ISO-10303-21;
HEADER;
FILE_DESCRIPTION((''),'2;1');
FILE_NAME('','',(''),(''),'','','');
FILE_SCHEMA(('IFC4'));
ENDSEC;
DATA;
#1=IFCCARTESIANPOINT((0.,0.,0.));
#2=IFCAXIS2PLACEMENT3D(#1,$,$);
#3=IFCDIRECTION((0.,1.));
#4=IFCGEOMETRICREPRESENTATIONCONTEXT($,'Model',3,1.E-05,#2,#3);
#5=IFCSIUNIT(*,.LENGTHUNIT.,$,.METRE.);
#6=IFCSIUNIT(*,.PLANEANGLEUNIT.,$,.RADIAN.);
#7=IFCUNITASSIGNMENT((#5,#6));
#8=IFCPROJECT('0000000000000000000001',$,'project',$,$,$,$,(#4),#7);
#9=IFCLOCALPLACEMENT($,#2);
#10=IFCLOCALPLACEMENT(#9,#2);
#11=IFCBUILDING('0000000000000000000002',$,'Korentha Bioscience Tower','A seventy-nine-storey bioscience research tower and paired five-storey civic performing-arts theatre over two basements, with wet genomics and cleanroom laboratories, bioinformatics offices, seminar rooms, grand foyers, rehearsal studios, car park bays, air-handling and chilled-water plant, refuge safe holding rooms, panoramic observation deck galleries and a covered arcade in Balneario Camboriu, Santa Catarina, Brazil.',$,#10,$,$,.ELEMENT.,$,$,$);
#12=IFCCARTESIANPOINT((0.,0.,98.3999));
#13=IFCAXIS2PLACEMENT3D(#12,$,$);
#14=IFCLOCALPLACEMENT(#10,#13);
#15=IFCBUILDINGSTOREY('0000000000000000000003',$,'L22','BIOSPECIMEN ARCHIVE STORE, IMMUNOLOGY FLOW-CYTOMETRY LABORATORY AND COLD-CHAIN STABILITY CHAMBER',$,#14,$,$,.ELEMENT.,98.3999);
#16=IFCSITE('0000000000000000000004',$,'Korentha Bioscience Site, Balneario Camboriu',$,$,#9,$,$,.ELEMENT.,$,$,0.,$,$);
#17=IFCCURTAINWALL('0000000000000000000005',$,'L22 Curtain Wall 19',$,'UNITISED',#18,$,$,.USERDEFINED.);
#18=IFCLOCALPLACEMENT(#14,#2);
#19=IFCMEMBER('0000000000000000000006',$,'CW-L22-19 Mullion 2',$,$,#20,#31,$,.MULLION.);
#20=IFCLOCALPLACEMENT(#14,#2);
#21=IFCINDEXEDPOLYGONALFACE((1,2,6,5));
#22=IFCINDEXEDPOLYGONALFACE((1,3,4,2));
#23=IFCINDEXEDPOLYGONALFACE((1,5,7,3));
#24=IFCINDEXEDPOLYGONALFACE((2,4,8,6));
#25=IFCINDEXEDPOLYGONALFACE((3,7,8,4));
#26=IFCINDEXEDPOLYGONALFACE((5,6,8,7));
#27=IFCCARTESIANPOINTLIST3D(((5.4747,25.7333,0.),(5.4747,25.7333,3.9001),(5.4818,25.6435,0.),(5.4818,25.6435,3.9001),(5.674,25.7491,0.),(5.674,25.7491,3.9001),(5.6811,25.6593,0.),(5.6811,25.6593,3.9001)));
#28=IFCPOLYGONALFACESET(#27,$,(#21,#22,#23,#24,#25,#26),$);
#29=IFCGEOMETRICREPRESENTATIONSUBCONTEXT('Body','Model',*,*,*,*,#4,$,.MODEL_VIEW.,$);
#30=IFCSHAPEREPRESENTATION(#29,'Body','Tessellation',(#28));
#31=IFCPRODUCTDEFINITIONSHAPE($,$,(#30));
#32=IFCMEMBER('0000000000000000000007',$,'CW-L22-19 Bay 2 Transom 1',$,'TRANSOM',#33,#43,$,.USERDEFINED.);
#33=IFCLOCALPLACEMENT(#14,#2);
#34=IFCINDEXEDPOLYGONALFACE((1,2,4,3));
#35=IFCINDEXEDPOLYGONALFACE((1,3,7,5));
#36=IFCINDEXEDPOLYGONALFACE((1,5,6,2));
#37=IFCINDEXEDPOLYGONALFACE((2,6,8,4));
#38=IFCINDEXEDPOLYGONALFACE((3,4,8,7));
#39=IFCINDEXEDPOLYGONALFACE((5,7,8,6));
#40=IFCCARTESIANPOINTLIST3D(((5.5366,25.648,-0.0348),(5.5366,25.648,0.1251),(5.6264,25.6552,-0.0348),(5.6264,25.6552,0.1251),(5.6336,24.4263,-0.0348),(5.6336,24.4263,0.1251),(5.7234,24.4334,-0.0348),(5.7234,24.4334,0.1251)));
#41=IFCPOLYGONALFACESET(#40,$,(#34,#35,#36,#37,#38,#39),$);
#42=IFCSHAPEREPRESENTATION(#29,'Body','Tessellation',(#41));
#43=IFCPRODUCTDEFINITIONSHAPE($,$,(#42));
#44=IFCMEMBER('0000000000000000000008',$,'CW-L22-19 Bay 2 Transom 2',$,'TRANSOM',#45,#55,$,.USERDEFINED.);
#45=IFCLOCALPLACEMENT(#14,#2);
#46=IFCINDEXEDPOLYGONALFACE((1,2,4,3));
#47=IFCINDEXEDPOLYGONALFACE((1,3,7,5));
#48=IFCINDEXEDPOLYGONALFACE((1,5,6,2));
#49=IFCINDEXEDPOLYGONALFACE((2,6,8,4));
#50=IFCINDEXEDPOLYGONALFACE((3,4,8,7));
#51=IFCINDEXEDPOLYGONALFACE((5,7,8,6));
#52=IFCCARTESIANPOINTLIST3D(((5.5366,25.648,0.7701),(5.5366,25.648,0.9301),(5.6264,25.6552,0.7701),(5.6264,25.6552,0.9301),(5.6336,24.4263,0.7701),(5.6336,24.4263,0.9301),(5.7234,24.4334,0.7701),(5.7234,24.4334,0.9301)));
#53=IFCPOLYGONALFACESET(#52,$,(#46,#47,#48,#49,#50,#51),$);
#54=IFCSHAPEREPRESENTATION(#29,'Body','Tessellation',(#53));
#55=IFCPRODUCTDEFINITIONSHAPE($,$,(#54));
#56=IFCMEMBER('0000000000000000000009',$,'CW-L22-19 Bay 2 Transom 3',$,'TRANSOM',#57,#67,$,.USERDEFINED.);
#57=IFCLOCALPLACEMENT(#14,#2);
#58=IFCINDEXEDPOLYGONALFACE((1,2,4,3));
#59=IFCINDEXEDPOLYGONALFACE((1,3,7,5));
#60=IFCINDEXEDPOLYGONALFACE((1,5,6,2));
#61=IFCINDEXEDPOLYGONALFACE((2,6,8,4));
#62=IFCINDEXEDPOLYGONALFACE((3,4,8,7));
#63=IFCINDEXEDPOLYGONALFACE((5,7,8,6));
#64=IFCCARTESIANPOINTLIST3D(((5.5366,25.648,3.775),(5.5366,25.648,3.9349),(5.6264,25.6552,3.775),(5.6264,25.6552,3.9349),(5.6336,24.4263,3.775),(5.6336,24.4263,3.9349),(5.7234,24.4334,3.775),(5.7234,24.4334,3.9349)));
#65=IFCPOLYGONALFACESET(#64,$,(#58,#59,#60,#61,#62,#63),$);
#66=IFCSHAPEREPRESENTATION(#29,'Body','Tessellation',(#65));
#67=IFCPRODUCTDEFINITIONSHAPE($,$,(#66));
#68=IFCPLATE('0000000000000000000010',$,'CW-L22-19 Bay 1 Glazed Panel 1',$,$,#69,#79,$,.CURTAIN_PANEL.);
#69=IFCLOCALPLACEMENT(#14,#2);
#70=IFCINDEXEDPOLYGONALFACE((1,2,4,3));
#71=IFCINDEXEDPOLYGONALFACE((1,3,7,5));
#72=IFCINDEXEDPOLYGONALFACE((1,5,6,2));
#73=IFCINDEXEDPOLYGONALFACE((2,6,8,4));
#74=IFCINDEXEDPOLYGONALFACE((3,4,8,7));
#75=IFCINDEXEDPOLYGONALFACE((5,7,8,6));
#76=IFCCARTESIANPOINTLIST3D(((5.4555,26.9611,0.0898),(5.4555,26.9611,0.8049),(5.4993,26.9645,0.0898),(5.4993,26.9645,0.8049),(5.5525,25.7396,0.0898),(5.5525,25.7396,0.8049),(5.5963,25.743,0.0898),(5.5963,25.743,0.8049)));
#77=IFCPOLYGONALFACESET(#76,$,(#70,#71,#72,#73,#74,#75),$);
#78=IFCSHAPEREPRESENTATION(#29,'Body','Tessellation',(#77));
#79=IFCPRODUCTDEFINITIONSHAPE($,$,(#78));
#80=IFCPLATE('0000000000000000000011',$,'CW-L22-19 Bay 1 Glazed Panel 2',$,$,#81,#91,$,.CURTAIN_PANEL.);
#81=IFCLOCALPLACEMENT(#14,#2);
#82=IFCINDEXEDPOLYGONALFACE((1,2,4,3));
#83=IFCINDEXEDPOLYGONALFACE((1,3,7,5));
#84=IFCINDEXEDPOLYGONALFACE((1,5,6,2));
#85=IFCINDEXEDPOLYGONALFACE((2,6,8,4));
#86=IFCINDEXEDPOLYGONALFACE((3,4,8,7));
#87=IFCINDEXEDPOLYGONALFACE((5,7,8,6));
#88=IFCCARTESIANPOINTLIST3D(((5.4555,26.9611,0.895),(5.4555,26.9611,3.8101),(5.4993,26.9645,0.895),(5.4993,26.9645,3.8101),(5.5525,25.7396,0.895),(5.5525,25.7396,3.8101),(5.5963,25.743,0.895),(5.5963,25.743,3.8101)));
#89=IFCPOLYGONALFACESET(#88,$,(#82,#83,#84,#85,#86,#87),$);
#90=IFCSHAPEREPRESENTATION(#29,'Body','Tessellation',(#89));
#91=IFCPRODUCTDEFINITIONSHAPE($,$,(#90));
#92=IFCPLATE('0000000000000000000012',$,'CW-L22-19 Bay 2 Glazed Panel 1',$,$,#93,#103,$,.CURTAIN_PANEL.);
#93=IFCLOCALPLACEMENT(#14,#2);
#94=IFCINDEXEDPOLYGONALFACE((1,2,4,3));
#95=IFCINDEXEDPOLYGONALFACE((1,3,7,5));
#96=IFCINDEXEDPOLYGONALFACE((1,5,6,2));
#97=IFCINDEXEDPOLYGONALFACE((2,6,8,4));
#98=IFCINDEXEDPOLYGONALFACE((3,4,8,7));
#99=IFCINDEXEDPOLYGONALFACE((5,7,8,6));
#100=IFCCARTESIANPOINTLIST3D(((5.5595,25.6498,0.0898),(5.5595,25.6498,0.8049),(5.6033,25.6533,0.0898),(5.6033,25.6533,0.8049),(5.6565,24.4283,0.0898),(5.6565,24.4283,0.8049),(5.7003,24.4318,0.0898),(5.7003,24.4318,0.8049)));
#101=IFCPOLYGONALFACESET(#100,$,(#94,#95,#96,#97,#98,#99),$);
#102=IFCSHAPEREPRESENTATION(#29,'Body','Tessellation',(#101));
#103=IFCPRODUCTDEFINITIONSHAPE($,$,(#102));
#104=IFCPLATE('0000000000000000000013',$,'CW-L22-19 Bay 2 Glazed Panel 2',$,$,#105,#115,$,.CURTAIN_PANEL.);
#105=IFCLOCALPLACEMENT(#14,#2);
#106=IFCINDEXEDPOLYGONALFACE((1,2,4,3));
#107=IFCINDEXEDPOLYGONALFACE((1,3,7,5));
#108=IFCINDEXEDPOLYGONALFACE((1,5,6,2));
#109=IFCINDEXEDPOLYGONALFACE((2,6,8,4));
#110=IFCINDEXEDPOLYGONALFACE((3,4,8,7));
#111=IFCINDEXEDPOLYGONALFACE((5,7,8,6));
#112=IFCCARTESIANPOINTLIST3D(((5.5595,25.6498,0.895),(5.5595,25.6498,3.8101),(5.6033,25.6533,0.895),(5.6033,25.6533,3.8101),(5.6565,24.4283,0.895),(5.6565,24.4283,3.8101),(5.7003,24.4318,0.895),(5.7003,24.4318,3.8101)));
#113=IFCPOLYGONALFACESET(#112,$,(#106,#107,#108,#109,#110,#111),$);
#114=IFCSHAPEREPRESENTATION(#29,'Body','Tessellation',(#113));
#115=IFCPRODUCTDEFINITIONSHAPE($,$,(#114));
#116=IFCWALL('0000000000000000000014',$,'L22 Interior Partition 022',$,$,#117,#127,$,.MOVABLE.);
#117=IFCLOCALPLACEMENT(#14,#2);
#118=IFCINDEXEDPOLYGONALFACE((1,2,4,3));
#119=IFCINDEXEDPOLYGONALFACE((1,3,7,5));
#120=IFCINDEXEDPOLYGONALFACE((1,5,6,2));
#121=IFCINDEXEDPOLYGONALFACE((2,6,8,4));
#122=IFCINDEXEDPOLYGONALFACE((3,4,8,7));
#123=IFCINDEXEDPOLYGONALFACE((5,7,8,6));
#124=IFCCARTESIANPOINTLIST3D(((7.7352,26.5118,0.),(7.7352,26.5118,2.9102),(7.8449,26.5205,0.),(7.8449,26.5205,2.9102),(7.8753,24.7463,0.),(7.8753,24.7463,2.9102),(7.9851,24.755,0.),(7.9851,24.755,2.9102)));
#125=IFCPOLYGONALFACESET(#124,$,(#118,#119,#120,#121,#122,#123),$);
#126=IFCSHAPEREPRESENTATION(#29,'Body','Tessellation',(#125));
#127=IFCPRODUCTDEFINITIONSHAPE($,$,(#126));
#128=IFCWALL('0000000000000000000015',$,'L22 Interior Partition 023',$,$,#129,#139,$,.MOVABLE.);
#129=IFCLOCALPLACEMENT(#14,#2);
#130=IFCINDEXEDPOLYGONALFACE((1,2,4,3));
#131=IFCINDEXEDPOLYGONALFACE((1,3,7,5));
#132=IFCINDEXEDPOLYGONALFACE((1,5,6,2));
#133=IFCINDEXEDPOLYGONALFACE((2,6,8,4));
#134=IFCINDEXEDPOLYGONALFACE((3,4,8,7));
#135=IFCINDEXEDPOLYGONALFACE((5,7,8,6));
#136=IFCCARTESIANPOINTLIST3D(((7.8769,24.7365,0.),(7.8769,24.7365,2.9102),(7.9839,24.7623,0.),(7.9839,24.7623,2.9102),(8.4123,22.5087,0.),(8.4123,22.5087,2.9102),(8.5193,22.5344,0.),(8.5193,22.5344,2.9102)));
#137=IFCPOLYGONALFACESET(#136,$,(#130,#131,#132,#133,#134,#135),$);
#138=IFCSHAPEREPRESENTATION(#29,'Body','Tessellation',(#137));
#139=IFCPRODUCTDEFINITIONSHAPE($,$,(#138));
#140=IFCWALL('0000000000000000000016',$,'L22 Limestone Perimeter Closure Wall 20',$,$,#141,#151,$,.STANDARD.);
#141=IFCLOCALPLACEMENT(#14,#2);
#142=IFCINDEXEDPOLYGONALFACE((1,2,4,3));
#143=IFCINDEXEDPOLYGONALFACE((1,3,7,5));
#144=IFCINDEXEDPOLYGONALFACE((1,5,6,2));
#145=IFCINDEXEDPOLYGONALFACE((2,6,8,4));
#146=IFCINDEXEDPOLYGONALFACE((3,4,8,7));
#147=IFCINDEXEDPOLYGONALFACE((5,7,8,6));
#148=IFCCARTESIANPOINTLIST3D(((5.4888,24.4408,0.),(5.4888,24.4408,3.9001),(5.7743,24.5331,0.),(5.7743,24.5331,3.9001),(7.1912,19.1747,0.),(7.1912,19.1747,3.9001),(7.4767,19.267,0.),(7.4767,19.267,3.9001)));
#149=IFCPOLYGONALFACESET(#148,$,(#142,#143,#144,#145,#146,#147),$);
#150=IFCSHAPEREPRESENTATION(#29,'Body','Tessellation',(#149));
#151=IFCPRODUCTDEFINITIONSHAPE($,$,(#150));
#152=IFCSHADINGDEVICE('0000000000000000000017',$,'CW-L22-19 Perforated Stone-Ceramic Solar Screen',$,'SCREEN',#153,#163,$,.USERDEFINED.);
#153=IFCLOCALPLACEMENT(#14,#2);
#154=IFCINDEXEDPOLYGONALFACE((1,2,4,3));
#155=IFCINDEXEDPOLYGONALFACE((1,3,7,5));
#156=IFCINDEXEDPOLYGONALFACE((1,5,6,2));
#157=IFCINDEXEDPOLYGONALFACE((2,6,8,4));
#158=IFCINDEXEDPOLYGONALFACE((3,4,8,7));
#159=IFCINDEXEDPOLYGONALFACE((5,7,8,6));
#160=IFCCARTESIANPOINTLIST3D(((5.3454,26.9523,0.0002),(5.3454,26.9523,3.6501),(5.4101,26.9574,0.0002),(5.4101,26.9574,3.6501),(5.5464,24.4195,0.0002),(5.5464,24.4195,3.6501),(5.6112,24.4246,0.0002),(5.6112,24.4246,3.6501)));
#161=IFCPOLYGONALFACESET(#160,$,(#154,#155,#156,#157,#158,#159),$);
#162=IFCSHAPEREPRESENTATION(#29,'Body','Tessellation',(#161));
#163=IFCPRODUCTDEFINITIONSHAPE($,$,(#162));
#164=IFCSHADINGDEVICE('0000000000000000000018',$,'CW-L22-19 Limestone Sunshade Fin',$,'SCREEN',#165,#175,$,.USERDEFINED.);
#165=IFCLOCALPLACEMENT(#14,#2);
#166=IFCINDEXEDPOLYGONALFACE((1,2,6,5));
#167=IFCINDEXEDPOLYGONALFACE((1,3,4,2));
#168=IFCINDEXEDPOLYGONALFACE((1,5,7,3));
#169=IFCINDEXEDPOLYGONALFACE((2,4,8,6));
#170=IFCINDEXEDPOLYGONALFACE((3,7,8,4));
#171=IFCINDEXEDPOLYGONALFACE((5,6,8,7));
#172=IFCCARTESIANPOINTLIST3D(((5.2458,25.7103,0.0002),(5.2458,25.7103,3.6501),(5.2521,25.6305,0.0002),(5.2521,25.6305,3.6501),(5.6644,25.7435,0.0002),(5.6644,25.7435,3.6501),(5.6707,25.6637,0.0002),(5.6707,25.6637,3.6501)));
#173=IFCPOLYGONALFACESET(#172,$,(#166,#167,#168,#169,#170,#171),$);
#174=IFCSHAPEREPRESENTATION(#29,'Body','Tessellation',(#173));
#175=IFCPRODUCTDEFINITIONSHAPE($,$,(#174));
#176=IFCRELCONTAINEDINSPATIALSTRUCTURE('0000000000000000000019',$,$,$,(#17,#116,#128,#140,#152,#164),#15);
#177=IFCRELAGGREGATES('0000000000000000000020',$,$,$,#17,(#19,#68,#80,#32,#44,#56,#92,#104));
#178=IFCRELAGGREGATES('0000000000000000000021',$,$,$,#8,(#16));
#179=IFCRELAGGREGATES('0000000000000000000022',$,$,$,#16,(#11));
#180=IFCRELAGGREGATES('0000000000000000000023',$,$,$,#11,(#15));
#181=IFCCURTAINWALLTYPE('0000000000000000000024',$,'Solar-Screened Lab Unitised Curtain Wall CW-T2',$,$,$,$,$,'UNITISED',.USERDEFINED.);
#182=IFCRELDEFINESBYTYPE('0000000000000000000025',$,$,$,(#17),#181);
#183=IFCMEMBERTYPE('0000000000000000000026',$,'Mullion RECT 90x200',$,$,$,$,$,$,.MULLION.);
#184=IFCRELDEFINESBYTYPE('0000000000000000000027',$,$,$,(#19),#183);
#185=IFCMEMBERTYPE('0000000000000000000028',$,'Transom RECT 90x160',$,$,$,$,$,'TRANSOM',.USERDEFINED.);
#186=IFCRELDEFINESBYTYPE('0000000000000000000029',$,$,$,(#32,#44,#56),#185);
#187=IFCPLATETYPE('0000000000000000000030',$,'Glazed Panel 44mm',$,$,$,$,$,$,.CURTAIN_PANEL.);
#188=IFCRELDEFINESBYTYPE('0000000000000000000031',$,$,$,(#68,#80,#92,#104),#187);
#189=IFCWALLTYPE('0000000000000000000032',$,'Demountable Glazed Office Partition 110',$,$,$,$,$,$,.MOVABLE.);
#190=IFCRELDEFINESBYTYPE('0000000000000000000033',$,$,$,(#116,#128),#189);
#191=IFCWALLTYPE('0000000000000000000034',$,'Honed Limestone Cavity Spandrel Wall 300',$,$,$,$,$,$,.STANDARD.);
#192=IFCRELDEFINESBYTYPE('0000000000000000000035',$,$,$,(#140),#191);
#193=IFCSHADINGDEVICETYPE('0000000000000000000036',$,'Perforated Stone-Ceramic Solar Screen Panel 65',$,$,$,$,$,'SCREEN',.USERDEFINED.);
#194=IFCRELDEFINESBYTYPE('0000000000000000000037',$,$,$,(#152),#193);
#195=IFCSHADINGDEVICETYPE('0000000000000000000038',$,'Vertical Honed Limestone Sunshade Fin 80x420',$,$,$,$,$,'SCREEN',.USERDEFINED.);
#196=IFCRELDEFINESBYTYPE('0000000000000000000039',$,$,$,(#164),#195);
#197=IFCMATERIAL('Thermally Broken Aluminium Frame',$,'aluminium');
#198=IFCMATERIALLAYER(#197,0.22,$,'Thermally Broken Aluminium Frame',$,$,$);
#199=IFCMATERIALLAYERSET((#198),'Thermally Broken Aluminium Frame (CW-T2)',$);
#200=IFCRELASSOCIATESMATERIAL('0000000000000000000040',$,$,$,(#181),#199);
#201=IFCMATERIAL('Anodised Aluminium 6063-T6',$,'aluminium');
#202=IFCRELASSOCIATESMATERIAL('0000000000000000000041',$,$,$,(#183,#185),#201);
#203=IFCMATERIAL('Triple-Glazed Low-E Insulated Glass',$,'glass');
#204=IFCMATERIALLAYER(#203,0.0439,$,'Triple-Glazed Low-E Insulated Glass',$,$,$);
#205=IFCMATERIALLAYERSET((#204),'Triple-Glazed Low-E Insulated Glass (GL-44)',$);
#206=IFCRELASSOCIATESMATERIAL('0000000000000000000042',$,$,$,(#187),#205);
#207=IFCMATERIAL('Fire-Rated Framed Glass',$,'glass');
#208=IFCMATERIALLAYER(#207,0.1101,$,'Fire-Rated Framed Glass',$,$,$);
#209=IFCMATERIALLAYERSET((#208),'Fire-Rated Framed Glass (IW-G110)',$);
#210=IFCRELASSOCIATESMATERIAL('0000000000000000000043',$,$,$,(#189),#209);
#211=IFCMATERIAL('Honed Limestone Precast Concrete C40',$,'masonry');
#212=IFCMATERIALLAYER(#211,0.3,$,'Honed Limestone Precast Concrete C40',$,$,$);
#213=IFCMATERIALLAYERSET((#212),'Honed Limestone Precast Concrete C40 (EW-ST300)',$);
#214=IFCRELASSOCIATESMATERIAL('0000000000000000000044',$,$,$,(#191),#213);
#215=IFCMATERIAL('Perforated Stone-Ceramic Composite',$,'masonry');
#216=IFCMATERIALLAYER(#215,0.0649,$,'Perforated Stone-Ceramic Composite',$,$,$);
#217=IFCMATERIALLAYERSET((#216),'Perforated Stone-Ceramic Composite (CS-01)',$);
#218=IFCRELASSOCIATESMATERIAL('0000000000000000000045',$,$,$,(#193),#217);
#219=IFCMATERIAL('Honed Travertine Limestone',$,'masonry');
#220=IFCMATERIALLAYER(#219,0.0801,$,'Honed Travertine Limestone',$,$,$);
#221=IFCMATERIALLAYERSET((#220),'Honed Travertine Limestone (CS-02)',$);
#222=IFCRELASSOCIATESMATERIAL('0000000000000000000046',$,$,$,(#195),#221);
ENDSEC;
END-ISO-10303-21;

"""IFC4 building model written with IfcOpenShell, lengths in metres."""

from ifc_helpers import new_model, si_unit, direction, frame, frame_2d, origin, origin_2d, place, context, subcontext, project, spatial, rectangle, extrude, material, layer, layer_set, material_profile, profile_set, type_object, element, aggregate, save


model = new_model("IFC4")

# Units and contexts
model_context = context("Model", 3, precision=1e-05, world=origin(), true_north=direction((0.0, 1.0)))
body_context = subcontext(model_context, "Body", "Model", "MODEL_VIEW")
ifc_project = project(units=[si_unit("LENGTHUNIT", "METRE"), si_unit("PLANEANGLEUNIT", "RADIAN")], contexts=[model_context])

# Site, building, storey
site_placement = place(None, origin())
site = spatial("IfcSite", under=ifc_project, at=site_placement, Name="Korentha Bioscience Site, Balneario Camboriu", CompositionType="ELEMENT", RefElevation=0.0)
building_placement = place(site_placement, origin())
building = spatial("IfcBuilding", under=site, at=building_placement, Name="Korentha Bioscience Tower", Description="A seventy-nine-storey bioscience research tower and paired five-storey civic performing-arts theatre over two basements, with wet genomics and cleanroom laboratories, bioinformatics offices, seminar rooms, grand foyers, rehearsal studios, car park bays, air-handling and chilled-water plant, refuge safe holding rooms, panoramic observation deck galleries and a covered arcade in Balneario Camboriu, Santa Catarina, Brazil.", CompositionType="ELEMENT")
storey_placement = place(building_placement, frame((0.0, 0.0, 98.3999)))
storey = spatial("IfcBuildingStorey", under=building, at=storey_placement, Name="L22", Description="BIOSPECIMEN ARCHIVE STORE, IMMUNOLOGY FLOW-CYTOMETRY LABORATORY AND COLD-CHAIN STABILITY CHAMBER", CompositionType="ELEMENT", Elevation=98.3999)

# Curtain wall, members, plates
ifc_material_1 = material(Name="Thermally Broken Aluminium Frame", Category="aluminium")
ifc_layer_1 = layer(ifc_material_1, 0.22, Name="Thermally Broken Aluminium Frame")
ifc_layer_set_1 = layer_set([ifc_layer_1], Name="Thermally Broken Aluminium Frame (CW-T2)")
curtain_wall_type = type_object("IfcCurtainWallType", Name="Solar-Screened Lab Unitised Curtain Wall CW-T2", ElementType="UNITISED", PredefinedType="USERDEFINED", material=ifc_layer_set_1)
curtain_wall_placement = place(storey_placement, origin())
curtain_wall = element("IfcCurtainWall", 1, at=curtain_wall_placement, inside=storey, type_object=curtain_wall_type, Name="L22 Curtain Wall 19", ObjectType="UNITISED", PredefinedType="USERDEFINED")
ifc_material_2 = material(Name="Anodised Aluminium 6063-T6", Category="aluminium")
ifc_material_profile_1 = material_profile(ifc_material_2, rectangle(XDim=0.0901, YDim=0.2, at=origin_2d()), Name="Anodised Aluminium 6063-T6")
ifc_profile_set_1 = profile_set([ifc_material_profile_1], Name="Anodised Aluminium 6063-T6 (CW-MUL)")
member_type_1 = type_object("IfcMemberType", Name="Mullion RECT 90x200", PredefinedType="MULLION", material=ifc_profile_set_1)
member_1_placement = place(storey_placement, frame((5.5779, 25.6963, 0.0), z_axis=(0.0, 0.0, 1.0), x_axis=(0.07913, -0.996864, 0.0)))
member_1 = element("IfcMember", 2, at=member_1_placement, type_object=member_type_1, Name="CW-L22-19 Mullion 2", PredefinedType="MULLION", context=body_context, shape_type="SweptSolid", body=[
    extrude(rectangle(XDim=0.0901, YDim=0.2, at=origin_2d()), origin(), (0.0, 0.0, 1.0), 3.9001),
])
ifc_material_profile_2 = material_profile(ifc_material_2, rectangle(XDim=0.0901, YDim=0.1599, at=origin_2d()), Name="Anodised Aluminium 6063-T6")
ifc_profile_set_2 = profile_set([ifc_material_profile_2], Name="Anodised Aluminium 6063-T6 (CW-TRN)")
member_type_2 = type_object("IfcMemberType", Name="Transom RECT 90x160", ElementType="TRANSOM", PredefinedType="USERDEFINED", material=ifc_profile_set_2)
member_2_placement = place(storey_placement, frame((5.5815, 25.6516, 0.0452), z_axis=(0.079088, -0.996868, 0.0), x_axis=(0.996868, 0.079088, 0.0)))
member_2 = element("IfcMember", 3, at=member_2_placement, type_object=member_type_2, Name="CW-L22-19 Bay 2 Transom 1", ObjectType="TRANSOM", PredefinedType="USERDEFINED", context=body_context, shape_type="SweptSolid", body=[
    extrude(rectangle(XDim=0.0901, YDim=0.1599, at=origin_2d()), origin(), (0.0, 0.0, 1.0), 1.2256),
])
member_3_placement = place(storey_placement, frame((5.5815, 25.6516, 0.8501), z_axis=(0.079088, -0.996868, 0.0), x_axis=(0.996868, 0.079088, 0.0)))
member_3 = element("IfcMember", 4, at=member_3_placement, type_object=member_type_2, Name="CW-L22-19 Bay 2 Transom 2", ObjectType="TRANSOM", PredefinedType="USERDEFINED", context=body_context, shape_type="SweptSolid", body=[
    extrude(rectangle(XDim=0.0901, YDim=0.1599, at=origin_2d()), origin(), (0.0, 0.0, 1.0), 1.2256),
])
member_4_placement = place(storey_placement, frame((5.5815, 25.6516, 3.855), z_axis=(0.079088, -0.996868, 0.0), x_axis=(0.996868, 0.079088, 0.0)))
member_4 = element("IfcMember", 5, at=member_4_placement, type_object=member_type_2, Name="CW-L22-19 Bay 2 Transom 3", ObjectType="TRANSOM", PredefinedType="USERDEFINED", context=body_context, shape_type="SweptSolid", body=[
    extrude(rectangle(XDim=0.0901, YDim=0.1599, at=origin_2d()), origin(), (0.0, 0.0, 1.0), 1.2256),
])
ifc_material_3 = material(Name="Triple-Glazed Low-E Insulated Glass", Category="glass")
ifc_layer_2 = layer(ifc_material_3, 0.0439, Name="Triple-Glazed Low-E Insulated Glass")
ifc_layer_set_2 = layer_set([ifc_layer_2], Name="Triple-Glazed Low-E Insulated Glass (GL-44)")
plate_type = type_object("IfcPlateType", Name="Glazed Panel 44mm", PredefinedType="CURTAIN_PANEL", material=ifc_layer_set_2)
plate_1_placement = place(storey_placement, frame((5.5259, 26.3521, 0.0898), z_axis=(0.0, 0.0, 1.0), x_axis=(0.07913, -0.996864, 0.0)))
plate_1 = element("IfcPlate", 6, at=plate_1_placement, type_object=plate_type, Name="CW-L22-19 Bay 1 Glazed Panel 1", PredefinedType="CURTAIN_PANEL", context=body_context, shape_type="SweptSolid", body=[
    extrude(rectangle(XDim=1.2253, YDim=0.0439, at=origin_2d()), origin(), (0.0, 0.0, 1.0), 0.7151),
])
plate_2_placement = place(storey_placement, frame((5.5259, 26.3521, 0.895), z_axis=(0.0, 0.0, 1.0), x_axis=(0.07913, -0.996864, 0.0)))
plate_2 = element("IfcPlate", 7, at=plate_2_placement, type_object=plate_type, Name="CW-L22-19 Bay 1 Glazed Panel 2", PredefinedType="CURTAIN_PANEL", context=body_context, shape_type="SweptSolid", body=[
    extrude(rectangle(XDim=1.2253, YDim=0.0439, at=origin_2d()), origin(), (0.0, 0.0, 1.0), 2.915),
])
plate_3_placement = place(storey_placement, frame((5.6299, 25.0408, 0.0898), z_axis=(0.0, 0.0, 1.0), x_axis=(0.07913, -0.996864, 0.0)))
plate_3 = element("IfcPlate", 8, at=plate_3_placement, type_object=plate_type, Name="CW-L22-19 Bay 2 Glazed Panel 1", PredefinedType="CURTAIN_PANEL", context=body_context, shape_type="SweptSolid", body=[
    extrude(rectangle(XDim=1.2253, YDim=0.0439, at=origin_2d()), origin(), (0.0, 0.0, 1.0), 0.7151),
])
plate_4_placement = place(storey_placement, frame((5.6299, 25.0408, 0.895), z_axis=(0.0, 0.0, 1.0), x_axis=(0.07913, -0.996864, 0.0)))
plate_4 = element("IfcPlate", 9, at=plate_4_placement, type_object=plate_type, Name="CW-L22-19 Bay 2 Glazed Panel 2", PredefinedType="CURTAIN_PANEL", context=body_context, shape_type="SweptSolid", body=[
    extrude(rectangle(XDim=1.2253, YDim=0.0439, at=origin_2d()), origin(), (0.0, 0.0, 1.0), 2.915),
])
aggregate(curtain_wall, [member_1, plate_1, plate_2, member_2, member_3, member_4, plate_3, plate_4])

# Walls
ifc_material_4 = material(Name="Fire-Rated Framed Glass", Category="glass")
ifc_layer_3 = layer(ifc_material_4, 0.1101, Name="Fire-Rated Framed Glass")
ifc_layer_set_3 = layer_set([ifc_layer_3], Name="Fire-Rated Framed Glass (IW-G110)")
wall_type_1 = type_object("IfcWallType", Name="Demountable Glazed Office Partition 110", PredefinedType="MOVABLE", material=ifc_layer_set_3)
wall_1_placement = place(storey_placement, frame((7.79, 26.5161, 0.0), z_axis=(0.0, 0.0, 1.0), x_axis=(0.079132, -0.996864, 0.0)))
element("IfcWall", 10, at=wall_1_placement, inside=storey, type_object=wall_type_1, Name="L22 Interior Partition 022", PredefinedType="MOVABLE", context=body_context, shape_type="SweptSolid", body=[
    extrude(rectangle(XDim=1.771, YDim=0.1101, at=frame_2d((0.8855, 0.0))), origin(), (0.0, 0.0, 1.0), 2.9102),
])
wall_2_placement = place(storey_placement, frame((7.9304, 24.7493, 0.0), z_axis=(0.0, 0.0, 1.0), x_axis=(0.233675, -0.972315, 0.0)))
element("IfcWall", 11, at=wall_2_placement, inside=storey, type_object=wall_type_1, Name="L22 Interior Partition 023", PredefinedType="MOVABLE", context=body_context, shape_type="SweptSolid", body=[
    extrude(rectangle(XDim=2.2913, YDim=0.1101, at=frame_2d((1.1455, 0.0))), origin(), (0.0, 0.0, 1.0), 2.9102),
])
ifc_material_5 = material(Name="Honed Limestone Precast Concrete C40", Category="masonry")
ifc_layer_4 = layer(ifc_material_5, 0.3, Name="Honed Limestone Precast Concrete C40")
ifc_layer_set_4 = layer_set([ifc_layer_4], Name="Honed Limestone Precast Concrete C40 (EW-ST300)")
wall_type_2 = type_object("IfcWallType", Name="Honed Limestone Cavity Spandrel Wall 300", PredefinedType="STANDARD", material=ifc_layer_set_4)
wall_3_placement = place(storey_placement, frame((5.6316, 24.4868, 0.0), z_axis=(0.0, 0.0, 1.0), x_axis=(0.307599, -0.951516, 0.0)))
element("IfcWall", 12, at=wall_3_placement, inside=storey, type_object=wall_type_2, Name="L22 Limestone Perimeter Closure Wall 20", PredefinedType="STANDARD", context=body_context, shape_type="SweptSolid", body=[
    extrude(rectangle(XDim=5.5344, YDim=0.3, at=frame_2d((2.7671, 0.0))), origin(), (0.0, 0.0, 1.0), 3.9001),
])

# Shading devices
ifc_material_6 = material(Name="Perforated Stone-Ceramic Composite", Category="masonry")
ifc_layer_5 = layer(ifc_material_6, 0.0649, Name="Perforated Stone-Ceramic Composite")
ifc_layer_set_5 = layer_set([ifc_layer_5], Name="Perforated Stone-Ceramic Composite (CS-01)")
shading_device_type_1 = type_object("IfcShadingDeviceType", Name="Perforated Stone-Ceramic Solar Screen Panel 65", ElementType="SCREEN", PredefinedType="USERDEFINED", material=ifc_layer_set_5)
shading_device_1_placement = place(storey_placement, frame((5.4783, 25.6885, 0.0002), z_axis=(0.0, 0.0, 1.0), x_axis=(0.07913, -0.996864, 0.0)))
element("IfcShadingDevice", 13, at=shading_device_1_placement, inside=storey, type_object=shading_device_type_1, Name="CW-L22-19 Perforated Stone-Ceramic Solar Screen", ObjectType="SCREEN", PredefinedType="USERDEFINED", context=body_context, shape_type="SweptSolid", body=[
    extrude(rectangle(XDim=2.5408, YDim=0.0649, at=origin_2d()), origin(), (0.0, 0.0, 1.0), 3.6499),
])
ifc_material_7 = material(Name="Honed Travertine Limestone", Category="masonry")
ifc_layer_6 = layer(ifc_material_7, 0.0801, Name="Honed Travertine Limestone")
ifc_layer_set_6 = layer_set([ifc_layer_6], Name="Honed Travertine Limestone (CS-02)")
shading_device_type_2 = type_object("IfcShadingDeviceType", Name="Vertical Honed Limestone Sunshade Fin 80x420", ElementType="SCREEN", PredefinedType="USERDEFINED", material=ifc_layer_set_6)
shading_device_2_placement = place(storey_placement, frame((5.4583, 25.687, 0.0002), z_axis=(0.0, 0.0, 1.0), x_axis=(0.07913, -0.996864, 0.0)))
element("IfcShadingDevice", 14, at=shading_device_2_placement, inside=storey, type_object=shading_device_type_2, Name="CW-L22-19 Limestone Sunshade Fin", ObjectType="SCREEN", PredefinedType="USERDEFINED", context=body_context, shape_type="SweptSolid", body=[
    extrude(rectangle(XDim=0.0801, YDim=0.4199, at=origin_2d()), origin(), (0.0, 0.0, 1.0), 3.6499),
])

save(model, "model.ifc")
